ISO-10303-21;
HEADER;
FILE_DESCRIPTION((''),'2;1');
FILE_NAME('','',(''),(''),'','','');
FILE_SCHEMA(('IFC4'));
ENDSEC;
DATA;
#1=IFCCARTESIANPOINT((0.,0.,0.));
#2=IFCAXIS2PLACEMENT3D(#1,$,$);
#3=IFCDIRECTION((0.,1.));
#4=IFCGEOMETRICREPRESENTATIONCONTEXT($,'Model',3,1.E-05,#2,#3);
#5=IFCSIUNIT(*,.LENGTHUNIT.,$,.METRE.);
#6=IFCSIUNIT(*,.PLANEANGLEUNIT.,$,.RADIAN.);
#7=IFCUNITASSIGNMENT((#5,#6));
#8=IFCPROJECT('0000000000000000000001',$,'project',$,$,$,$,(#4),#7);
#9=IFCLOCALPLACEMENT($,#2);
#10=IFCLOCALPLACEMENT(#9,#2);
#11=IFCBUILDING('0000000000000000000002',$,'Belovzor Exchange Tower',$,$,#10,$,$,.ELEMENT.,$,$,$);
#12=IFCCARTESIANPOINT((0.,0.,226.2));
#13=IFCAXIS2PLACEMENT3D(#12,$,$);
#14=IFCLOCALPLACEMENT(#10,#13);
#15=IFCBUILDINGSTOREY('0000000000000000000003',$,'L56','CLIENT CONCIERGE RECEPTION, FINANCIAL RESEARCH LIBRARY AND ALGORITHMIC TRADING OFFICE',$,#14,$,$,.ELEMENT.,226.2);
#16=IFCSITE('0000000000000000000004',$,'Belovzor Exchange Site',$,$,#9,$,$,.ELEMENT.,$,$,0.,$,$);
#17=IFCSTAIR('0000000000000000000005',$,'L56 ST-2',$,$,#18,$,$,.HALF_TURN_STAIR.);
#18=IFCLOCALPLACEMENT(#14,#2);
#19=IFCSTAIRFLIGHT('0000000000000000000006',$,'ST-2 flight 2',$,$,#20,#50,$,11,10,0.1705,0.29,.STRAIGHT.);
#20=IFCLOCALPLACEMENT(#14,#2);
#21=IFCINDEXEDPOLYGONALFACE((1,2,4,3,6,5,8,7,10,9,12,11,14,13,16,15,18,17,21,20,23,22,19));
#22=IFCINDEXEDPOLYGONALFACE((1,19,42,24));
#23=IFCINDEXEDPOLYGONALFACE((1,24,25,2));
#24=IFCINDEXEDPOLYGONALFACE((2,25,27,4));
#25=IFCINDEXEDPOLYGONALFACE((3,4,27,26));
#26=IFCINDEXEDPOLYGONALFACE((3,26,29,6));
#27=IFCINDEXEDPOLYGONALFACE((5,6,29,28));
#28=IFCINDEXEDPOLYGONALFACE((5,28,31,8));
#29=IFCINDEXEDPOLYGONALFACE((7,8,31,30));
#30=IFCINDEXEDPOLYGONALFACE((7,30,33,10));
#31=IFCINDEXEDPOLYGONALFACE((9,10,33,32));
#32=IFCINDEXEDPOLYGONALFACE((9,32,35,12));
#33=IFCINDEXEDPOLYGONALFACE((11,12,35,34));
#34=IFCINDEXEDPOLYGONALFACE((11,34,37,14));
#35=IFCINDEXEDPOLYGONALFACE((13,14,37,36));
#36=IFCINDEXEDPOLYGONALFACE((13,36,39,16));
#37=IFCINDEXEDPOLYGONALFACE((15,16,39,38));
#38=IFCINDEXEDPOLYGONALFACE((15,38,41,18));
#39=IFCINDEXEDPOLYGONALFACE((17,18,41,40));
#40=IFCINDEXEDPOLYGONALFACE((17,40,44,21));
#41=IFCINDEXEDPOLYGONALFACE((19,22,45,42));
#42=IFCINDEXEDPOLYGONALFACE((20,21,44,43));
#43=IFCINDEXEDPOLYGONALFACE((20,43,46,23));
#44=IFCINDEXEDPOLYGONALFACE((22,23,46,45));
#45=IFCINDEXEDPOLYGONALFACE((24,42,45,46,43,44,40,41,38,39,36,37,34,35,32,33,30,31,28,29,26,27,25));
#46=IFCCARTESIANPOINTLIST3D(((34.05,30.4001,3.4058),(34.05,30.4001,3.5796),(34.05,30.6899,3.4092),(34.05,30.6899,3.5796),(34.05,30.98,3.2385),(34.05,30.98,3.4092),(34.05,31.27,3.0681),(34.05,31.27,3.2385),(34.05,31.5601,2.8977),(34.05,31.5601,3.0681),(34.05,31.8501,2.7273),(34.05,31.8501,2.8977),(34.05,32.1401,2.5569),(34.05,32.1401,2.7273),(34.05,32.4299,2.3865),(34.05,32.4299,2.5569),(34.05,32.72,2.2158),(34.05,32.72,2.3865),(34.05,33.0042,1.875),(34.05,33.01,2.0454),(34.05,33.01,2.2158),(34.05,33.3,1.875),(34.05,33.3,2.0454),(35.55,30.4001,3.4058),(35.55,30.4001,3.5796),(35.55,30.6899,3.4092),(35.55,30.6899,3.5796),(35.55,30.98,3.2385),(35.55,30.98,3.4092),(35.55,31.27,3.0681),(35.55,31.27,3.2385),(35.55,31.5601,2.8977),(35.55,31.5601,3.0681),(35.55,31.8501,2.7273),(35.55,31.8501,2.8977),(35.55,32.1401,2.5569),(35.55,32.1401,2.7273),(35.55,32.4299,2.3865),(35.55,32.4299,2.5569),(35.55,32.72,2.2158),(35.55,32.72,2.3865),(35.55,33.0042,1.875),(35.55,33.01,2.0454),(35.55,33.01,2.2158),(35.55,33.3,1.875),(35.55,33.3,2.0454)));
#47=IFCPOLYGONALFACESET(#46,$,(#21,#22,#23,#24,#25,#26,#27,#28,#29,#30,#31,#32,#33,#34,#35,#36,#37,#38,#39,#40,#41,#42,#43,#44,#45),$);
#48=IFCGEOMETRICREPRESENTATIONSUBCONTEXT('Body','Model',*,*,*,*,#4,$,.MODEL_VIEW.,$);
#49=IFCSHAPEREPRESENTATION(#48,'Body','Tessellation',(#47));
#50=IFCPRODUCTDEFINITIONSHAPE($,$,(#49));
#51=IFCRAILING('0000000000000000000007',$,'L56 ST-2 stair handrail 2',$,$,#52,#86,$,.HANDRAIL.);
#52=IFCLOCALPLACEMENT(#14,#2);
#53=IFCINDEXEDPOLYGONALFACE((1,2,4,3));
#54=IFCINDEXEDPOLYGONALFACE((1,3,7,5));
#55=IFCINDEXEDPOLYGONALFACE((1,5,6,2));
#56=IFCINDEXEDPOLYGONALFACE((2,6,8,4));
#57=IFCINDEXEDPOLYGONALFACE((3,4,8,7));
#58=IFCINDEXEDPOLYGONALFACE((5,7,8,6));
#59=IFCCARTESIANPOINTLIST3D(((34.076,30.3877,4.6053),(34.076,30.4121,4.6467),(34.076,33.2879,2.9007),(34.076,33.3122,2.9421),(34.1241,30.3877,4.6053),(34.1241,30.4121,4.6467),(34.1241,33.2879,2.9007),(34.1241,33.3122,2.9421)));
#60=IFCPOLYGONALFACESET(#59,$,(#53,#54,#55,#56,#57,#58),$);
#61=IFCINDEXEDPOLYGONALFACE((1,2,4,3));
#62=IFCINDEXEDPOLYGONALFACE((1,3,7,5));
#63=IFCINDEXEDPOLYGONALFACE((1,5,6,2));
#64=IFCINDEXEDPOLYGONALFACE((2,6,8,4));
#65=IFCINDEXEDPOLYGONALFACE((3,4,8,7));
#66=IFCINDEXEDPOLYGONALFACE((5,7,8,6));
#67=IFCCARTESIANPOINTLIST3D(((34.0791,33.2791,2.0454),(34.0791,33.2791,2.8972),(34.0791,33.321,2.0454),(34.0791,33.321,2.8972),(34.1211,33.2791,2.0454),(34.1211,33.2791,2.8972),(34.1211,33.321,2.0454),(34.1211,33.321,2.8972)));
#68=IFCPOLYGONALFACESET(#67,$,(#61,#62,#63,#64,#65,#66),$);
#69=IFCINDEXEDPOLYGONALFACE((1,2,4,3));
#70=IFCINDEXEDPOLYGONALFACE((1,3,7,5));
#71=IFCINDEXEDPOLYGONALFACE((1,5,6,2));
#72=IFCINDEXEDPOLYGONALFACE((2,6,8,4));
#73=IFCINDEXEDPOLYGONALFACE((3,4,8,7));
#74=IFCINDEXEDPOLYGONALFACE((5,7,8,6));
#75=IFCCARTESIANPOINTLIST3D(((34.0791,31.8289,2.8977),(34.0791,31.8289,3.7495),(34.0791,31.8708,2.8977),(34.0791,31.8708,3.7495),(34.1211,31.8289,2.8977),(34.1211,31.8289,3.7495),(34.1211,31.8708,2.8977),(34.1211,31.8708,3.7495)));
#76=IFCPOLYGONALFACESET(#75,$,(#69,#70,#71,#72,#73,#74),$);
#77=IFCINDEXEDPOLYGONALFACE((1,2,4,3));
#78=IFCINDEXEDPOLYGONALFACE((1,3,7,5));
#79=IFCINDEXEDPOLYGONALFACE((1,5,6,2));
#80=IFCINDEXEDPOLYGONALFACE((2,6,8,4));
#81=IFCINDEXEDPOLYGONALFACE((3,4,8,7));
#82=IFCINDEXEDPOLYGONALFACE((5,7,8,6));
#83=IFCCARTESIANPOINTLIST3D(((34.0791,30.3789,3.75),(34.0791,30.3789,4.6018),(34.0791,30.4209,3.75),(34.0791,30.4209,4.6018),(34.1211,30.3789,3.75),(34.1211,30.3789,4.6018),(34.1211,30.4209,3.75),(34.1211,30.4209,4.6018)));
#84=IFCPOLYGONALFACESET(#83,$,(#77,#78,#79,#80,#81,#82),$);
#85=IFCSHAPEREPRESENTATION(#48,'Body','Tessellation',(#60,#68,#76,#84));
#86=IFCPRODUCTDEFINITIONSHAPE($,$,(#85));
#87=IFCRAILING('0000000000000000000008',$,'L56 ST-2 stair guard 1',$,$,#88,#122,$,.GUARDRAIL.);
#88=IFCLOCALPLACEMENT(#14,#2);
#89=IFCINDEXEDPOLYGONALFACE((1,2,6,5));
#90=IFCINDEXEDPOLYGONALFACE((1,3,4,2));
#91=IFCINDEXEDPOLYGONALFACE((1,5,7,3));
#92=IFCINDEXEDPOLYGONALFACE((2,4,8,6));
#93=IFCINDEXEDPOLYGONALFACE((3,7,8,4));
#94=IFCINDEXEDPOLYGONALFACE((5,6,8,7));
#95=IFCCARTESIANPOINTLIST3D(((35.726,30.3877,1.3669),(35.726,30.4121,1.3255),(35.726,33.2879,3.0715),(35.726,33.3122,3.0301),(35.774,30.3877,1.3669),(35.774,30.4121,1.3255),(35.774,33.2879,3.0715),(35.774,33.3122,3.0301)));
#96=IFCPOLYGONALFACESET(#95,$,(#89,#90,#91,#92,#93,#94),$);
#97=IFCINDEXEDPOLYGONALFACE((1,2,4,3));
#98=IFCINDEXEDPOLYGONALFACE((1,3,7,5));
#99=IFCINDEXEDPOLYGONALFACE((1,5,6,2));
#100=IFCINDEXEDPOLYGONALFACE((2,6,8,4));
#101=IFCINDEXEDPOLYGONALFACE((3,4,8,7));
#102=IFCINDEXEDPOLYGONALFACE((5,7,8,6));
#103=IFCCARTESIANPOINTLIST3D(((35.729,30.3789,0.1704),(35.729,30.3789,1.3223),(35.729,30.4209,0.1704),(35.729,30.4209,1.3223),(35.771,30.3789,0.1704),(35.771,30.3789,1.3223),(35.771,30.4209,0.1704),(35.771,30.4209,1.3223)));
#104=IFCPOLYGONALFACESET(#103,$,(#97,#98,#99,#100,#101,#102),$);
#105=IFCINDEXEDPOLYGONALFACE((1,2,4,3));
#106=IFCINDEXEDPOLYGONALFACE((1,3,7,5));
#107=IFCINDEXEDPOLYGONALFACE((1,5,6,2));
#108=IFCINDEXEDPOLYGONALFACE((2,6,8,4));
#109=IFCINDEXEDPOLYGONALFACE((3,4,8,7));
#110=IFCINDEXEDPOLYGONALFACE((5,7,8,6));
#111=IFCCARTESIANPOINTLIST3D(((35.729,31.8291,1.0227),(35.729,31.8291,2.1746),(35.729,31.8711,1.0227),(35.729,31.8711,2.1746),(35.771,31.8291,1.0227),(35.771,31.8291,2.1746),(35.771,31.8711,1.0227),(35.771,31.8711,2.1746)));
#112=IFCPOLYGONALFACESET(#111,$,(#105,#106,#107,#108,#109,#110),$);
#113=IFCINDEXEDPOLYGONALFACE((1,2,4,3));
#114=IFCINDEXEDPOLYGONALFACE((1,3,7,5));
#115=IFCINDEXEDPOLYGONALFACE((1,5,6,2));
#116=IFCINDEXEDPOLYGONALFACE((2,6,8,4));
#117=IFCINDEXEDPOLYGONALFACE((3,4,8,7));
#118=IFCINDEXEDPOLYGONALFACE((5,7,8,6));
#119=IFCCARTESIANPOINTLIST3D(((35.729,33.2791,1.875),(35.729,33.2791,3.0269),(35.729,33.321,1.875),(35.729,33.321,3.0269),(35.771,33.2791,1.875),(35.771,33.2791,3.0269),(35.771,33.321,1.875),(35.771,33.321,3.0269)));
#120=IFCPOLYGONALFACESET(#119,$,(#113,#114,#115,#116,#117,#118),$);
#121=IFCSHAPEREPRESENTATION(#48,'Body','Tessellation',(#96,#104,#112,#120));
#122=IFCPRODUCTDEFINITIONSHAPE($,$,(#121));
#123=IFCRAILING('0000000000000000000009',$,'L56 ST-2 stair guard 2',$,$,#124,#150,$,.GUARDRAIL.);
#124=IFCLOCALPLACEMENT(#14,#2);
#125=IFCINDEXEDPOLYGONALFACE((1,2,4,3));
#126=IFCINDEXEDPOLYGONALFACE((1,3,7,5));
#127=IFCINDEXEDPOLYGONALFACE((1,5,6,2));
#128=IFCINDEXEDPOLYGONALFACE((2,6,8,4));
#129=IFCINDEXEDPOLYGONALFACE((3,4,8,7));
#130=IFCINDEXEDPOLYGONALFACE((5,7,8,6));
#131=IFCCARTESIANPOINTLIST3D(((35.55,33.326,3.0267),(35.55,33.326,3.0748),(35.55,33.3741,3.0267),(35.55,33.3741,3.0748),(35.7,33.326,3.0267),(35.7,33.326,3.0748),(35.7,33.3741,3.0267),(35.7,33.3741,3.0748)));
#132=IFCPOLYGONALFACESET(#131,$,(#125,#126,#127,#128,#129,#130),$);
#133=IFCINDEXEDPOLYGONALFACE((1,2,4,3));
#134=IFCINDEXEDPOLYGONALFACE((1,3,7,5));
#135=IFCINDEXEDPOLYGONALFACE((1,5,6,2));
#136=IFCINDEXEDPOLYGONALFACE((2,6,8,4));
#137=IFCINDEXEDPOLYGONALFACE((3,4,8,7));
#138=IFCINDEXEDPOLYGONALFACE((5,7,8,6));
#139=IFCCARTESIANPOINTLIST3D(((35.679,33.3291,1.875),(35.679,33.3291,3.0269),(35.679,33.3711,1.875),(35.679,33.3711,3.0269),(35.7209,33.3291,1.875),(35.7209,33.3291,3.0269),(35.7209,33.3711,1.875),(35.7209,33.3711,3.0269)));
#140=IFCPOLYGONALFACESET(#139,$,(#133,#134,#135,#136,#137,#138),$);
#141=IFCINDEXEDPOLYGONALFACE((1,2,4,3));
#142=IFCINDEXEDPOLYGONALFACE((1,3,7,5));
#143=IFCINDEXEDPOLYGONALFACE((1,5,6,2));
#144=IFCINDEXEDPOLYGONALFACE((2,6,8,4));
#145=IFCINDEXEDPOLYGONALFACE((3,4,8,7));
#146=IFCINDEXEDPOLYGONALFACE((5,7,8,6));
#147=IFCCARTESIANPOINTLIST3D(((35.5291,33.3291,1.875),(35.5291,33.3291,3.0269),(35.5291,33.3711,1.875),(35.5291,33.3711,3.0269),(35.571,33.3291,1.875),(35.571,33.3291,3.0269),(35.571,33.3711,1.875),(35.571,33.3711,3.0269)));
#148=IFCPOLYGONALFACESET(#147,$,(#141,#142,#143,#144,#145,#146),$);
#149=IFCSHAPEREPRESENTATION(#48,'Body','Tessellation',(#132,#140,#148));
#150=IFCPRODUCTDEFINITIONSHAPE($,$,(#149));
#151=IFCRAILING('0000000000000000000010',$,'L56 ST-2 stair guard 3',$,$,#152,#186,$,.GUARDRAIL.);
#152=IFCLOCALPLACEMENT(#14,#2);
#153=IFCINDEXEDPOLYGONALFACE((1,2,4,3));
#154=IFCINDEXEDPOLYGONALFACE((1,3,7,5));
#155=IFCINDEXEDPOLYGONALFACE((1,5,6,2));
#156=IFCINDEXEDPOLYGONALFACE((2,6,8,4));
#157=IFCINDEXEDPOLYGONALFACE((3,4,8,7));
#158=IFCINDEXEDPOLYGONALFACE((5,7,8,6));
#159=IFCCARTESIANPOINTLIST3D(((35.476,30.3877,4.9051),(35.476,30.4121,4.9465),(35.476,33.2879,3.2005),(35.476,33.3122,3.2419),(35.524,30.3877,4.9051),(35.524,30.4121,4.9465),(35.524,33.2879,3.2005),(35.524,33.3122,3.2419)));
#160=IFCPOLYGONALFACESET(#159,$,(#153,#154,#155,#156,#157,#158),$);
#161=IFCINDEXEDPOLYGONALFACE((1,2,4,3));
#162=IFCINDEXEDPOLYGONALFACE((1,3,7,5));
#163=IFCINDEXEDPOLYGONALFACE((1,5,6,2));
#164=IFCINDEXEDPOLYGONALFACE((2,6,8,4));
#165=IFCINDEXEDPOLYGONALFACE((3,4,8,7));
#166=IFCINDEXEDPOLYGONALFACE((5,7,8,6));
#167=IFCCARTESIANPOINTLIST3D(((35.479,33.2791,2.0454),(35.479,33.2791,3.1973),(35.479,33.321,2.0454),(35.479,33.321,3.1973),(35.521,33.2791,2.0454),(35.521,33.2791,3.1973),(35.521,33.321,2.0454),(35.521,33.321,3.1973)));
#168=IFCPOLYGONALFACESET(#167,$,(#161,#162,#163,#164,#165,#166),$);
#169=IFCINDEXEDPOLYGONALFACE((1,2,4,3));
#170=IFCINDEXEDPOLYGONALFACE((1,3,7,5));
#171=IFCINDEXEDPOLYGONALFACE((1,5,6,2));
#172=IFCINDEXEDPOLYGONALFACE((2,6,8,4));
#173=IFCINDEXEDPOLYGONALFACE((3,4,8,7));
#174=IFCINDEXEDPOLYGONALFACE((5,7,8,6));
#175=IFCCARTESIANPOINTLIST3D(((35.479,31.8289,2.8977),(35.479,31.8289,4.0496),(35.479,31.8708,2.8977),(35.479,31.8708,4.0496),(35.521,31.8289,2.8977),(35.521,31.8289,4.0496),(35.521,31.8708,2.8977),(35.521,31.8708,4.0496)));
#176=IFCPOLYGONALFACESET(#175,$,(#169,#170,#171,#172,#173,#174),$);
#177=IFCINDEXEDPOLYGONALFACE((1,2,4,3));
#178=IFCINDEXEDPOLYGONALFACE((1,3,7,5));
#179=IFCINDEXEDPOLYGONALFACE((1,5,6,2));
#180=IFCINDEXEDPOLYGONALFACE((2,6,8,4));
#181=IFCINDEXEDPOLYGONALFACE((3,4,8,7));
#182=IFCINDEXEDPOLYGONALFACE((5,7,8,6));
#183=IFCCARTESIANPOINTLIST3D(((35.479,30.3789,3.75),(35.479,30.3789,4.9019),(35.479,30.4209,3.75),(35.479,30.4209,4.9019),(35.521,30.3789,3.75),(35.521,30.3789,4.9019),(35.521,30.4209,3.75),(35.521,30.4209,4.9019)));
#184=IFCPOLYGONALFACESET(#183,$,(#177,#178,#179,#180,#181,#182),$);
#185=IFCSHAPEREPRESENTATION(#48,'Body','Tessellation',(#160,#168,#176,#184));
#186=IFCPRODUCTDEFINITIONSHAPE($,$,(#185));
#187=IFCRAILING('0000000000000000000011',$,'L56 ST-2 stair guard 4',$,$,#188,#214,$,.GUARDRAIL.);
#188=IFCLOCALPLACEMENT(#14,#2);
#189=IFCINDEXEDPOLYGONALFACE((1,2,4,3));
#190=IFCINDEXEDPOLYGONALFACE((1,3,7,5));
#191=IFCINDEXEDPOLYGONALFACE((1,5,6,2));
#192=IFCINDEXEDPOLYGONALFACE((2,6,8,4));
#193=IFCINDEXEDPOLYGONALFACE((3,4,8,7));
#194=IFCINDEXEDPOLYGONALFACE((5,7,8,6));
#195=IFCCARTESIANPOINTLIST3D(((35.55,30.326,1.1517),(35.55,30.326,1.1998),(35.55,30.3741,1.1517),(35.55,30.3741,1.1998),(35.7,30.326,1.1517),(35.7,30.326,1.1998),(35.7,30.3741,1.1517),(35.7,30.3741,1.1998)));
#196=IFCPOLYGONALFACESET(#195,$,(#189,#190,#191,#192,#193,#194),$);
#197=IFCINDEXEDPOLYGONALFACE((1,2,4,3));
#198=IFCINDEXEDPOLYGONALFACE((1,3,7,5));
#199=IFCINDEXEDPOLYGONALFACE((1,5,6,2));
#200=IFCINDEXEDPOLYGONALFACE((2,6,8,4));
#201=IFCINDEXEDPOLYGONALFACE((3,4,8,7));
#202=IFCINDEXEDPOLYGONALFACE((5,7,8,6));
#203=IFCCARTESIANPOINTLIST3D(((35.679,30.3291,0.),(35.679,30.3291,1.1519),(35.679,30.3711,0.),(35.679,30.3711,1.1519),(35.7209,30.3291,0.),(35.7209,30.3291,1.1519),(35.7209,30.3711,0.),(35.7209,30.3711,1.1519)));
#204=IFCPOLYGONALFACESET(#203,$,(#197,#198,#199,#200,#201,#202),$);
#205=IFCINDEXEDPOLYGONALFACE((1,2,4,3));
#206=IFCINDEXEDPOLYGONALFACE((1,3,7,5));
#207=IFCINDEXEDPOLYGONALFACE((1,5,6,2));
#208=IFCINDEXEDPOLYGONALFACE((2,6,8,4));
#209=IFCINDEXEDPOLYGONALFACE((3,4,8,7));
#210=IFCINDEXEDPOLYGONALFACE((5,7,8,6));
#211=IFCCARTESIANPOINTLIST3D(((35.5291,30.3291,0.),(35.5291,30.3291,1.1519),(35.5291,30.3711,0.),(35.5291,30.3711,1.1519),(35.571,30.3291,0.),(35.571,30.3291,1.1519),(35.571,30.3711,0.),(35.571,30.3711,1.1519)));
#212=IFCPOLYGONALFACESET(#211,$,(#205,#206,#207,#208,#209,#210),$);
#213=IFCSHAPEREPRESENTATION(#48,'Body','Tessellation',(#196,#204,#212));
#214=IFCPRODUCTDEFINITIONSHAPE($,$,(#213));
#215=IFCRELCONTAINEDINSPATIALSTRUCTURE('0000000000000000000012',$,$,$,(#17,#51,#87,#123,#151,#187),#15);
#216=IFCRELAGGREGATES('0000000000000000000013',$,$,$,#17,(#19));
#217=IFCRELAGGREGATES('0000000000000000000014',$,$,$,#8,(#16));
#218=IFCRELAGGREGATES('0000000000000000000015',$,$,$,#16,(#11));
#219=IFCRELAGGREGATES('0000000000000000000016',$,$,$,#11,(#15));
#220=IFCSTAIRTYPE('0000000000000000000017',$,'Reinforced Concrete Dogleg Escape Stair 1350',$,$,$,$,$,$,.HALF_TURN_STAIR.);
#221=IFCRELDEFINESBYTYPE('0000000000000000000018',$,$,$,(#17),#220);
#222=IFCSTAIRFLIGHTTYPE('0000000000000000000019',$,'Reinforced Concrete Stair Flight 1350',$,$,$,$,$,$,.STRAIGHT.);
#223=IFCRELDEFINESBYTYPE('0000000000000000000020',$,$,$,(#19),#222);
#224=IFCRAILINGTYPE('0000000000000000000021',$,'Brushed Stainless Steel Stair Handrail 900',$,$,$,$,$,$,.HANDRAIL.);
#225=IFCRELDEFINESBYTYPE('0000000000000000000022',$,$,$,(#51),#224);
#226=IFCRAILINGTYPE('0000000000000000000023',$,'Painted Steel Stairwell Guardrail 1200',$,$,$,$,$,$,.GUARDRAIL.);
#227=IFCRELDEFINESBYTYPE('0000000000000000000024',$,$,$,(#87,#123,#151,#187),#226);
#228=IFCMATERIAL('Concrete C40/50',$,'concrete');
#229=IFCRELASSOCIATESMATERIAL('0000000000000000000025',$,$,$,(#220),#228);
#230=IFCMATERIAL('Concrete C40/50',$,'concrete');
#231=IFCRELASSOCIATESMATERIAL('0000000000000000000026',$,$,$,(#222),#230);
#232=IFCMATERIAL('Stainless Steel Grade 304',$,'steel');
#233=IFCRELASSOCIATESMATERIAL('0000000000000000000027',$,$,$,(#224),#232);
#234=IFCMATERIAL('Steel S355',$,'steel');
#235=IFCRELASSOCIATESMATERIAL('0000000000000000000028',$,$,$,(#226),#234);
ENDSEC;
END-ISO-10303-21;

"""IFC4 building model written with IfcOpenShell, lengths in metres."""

from ifc_helpers import new_model, si_unit, direction, frame, origin, origin_2d, place, context, subcontext, project, spatial, polyline, rectangle, outline, extrude, material, type_object, element, aggregate, save


model = new_model("IFC4")

# Units and contexts
model_context = context("Model", 3, precision=1e-05, world=origin(), true_north=direction((0.0, 1.0)))
body_context = subcontext(model_context, "Body", "Model", "MODEL_VIEW")
ifc_project = project(units=[si_unit("LENGTHUNIT", "METRE"), si_unit("PLANEANGLEUNIT", "RADIAN")], contexts=[model_context])

# Site, building, storey
site_placement = place(None, origin())
site = spatial("IfcSite", under=ifc_project, at=site_placement, Name="Belovzor Exchange Site", CompositionType="ELEMENT", RefElevation=0.0)
building_placement = place(site_placement, origin())
building = spatial("IfcBuilding", under=site, at=building_placement, Name="Belovzor Exchange Tower", CompositionType="ELEMENT")
storey_placement = place(building_placement, frame((0.0, 0.0, 226.2)))
storey = spatial("IfcBuildingStorey", under=building, at=storey_placement, Name="L56", Description="CLIENT CONCIERGE RECEPTION, FINANCIAL RESEARCH LIBRARY AND ALGORITHMIC TRADING OFFICE", CompositionType="ELEMENT", Elevation=226.2)

# Stair, stair flight
ifc_material_1 = material(Name="Concrete C40/50", Category="concrete")
stair_type = type_object("IfcStairType", Name="Reinforced Concrete Dogleg Escape Stair 1350", PredefinedType="HALF_TURN_STAIR", material=ifc_material_1)
stair_placement = place(storey_placement, origin())
stair = element("IfcStair", 1, at=stair_placement, inside=storey, type_object=stair_type, Name="L56 ST-2", PredefinedType="HALF_TURN_STAIR")
ifc_material_2 = material(Name="Concrete C40/50", Category="concrete")
stair_flight_type = type_object("IfcStairFlightType", Name="Reinforced Concrete Stair Flight 1350", PredefinedType="STRAIGHT", material=ifc_material_2)
stair_flight_placement = place(storey_placement, frame((34.8, 33.3, 1.875), z_axis=(0.0, 0.0, 1.0), x_axis=(0.0, -1.0, 0.0)))
stair_flight = element("IfcStairFlight", 2, at=stair_flight_placement, type_object=stair_flight_type, Name="ST-2 flight 2", NumberOfRisers=11, NumberOfTreads=10, PredefinedType="STRAIGHT", RiserHeight=0.1705, TreadLength=0.29, context=body_context, shape_type="SweptSolid", body=[
    extrude(outline(polyline([(0.0, 0.0), (0.0, 0.1704), (0.29, 0.1704), (0.29, 0.3408), (0.5801, 0.3408), (0.5801, 0.5115), (0.8701, 0.5115), (0.8701, 0.6819), (1.1599, 0.6819), (1.1599, 0.8523), (1.45, 0.8523), (1.45, 1.0227), (1.74, 1.0227), (1.74, 1.1931), (2.03, 1.1931), (2.03, 1.3635), (2.3201, 1.3635), (2.3201, 1.5342), (2.6101, 1.5342), (2.6101, 1.7046), (2.8999, 1.7046), (2.8999, 1.875), (2.8999, 1.5308), (0.2959, 0.0), (0.0, 0.0)])), frame((0.0, 0.75, 0.0), z_axis=(0.0, -1.0, 0.0), x_axis=(1.0, 0.0, 0.0)), (0.0, 0.0, 1.0), 1.5),
])
aggregate(stair, [stair_flight])

# Railings
ifc_material_3 = material(Name="Stainless Steel Grade 304", Category="steel")
railing_type_1 = type_object("IfcRailingType", Name="Brushed Stainless Steel Stair Handrail 900", PredefinedType="HANDRAIL", material=ifc_material_3)
railing_1_placement = place(storey_placement, frame((34.1001, 33.3, 2.0454)))
element("IfcRailing", 3, at=railing_1_placement, inside=storey, type_object=railing_type_1, Name="L56 ST-2 stair handrail 2", PredefinedType="HANDRAIL", context=body_context, shape_type="SweptSolid", body=[
    extrude(rectangle(XDim=0.0481, YDim=0.0481, at=origin_2d()), frame((0.0, 0.0, 0.876), z_axis=(0.0, -0.862113, 0.506716), x_axis=(1.0, 0.0, 0.0)), (0.0, 0.0, 1.0), 3.364),
    extrude(rectangle(XDim=0.042, YDim=0.042, at=origin_2d()), origin(), (0.0, 0.0, 1.0), 0.8518),
    extrude(rectangle(XDim=0.042, YDim=0.042, at=origin_2d()), frame((0.0, -1.4502, 0.8523)), (0.0, 0.0, 1.0), 0.8518),
    extrude(rectangle(XDim=0.042, YDim=0.042, at=origin_2d()), frame((0.0, -2.9001, 1.7046)), (0.0, 0.0, 1.0), 0.8518),
])
ifc_material_4 = material(Name="Steel S355", Category="steel")
railing_type_2 = type_object("IfcRailingType", Name="Painted Steel Stairwell Guardrail 1200", PredefinedType="GUARDRAIL", material=ifc_material_4)
railing_2_placement = place(storey_placement, frame((35.75, 30.3999, 0.1704)))
element("IfcRailing", 4, at=railing_2_placement, inside=storey, type_object=railing_type_2, Name="L56 ST-2 stair guard 1", PredefinedType="GUARDRAIL", context=body_context, shape_type="SweptSolid", body=[
    extrude(rectangle(XDim=0.0481, YDim=0.0481, at=origin_2d()), frame((0.0, 0.0, 1.1758), z_axis=(0.0, 0.862113, 0.506716), x_axis=(-1.0, 0.0, 0.0)), (0.0, 0.0, 1.0), 3.364),
    extrude(rectangle(XDim=0.042, YDim=0.042, at=origin_2d()), origin(), (0.0, 0.0, 1.0), 1.1519),
    extrude(rectangle(XDim=0.042, YDim=0.042, at=origin_2d()), frame((0.0, 1.4502, 0.8523)), (0.0, 0.0, 1.0), 1.1519),
    extrude(rectangle(XDim=0.042, YDim=0.042, at=origin_2d()), frame((0.0, 2.9001, 1.7046)), (0.0, 0.0, 1.0), 1.1519),
])
railing_3_placement = place(storey_placement, frame((35.7, 33.3501, 1.875)))
element("IfcRailing", 5, at=railing_3_placement, inside=storey, type_object=railing_type_2, Name="L56 ST-2 stair guard 2", PredefinedType="GUARDRAIL", context=body_context, shape_type="SweptSolid", body=[
    extrude(rectangle(XDim=0.0481, YDim=0.0481, at=origin_2d()), frame((0.0, 0.0, 1.1758), z_axis=(-1.0, 0.0, 0.0), x_axis=(0.0, -1.0, 0.0)), (0.0, 0.0, 1.0), 0.1499),
    extrude(rectangle(XDim=0.042, YDim=0.042, at=origin_2d()), origin(), (0.0, 0.0, 1.0), 1.1519),
    extrude(rectangle(XDim=0.042, YDim=0.042, at=origin_2d()), frame((-0.1499, 0.0, 0.0)), (0.0, 0.0, 1.0), 1.1519),
])
railing_4_placement = place(storey_placement, frame((35.5, 33.3, 2.0454)))
element("IfcRailing", 6, at=railing_4_placement, inside=storey, type_object=railing_type_2, Name="L56 ST-2 stair guard 3", PredefinedType="GUARDRAIL", context=body_context, shape_type="SweptSolid", body=[
    extrude(rectangle(XDim=0.0481, YDim=0.0481, at=origin_2d()), frame((0.0, 0.0, 1.1758), z_axis=(0.0, -0.862113, 0.506716), x_axis=(1.0, 0.0, 0.0)), (0.0, 0.0, 1.0), 3.364),
    extrude(rectangle(XDim=0.042, YDim=0.042, at=origin_2d()), origin(), (0.0, 0.0, 1.0), 1.1519),
    extrude(rectangle(XDim=0.042, YDim=0.042, at=origin_2d()), frame((0.0, -1.4502, 0.8523)), (0.0, 0.0, 1.0), 1.1519),
    extrude(rectangle(XDim=0.042, YDim=0.042, at=origin_2d()), frame((0.0, -2.9001, 1.7046)), (0.0, 0.0, 1.0), 1.1519),
])
railing_5_placement = place(storey_placement, frame((35.7, 30.3501, 0.0)))
element("IfcRailing", 7, at=railing_5_placement, inside=storey, type_object=railing_type_2, Name="L56 ST-2 stair guard 4", PredefinedType="GUARDRAIL", context=body_context, shape_type="SweptSolid", body=[
    extrude(rectangle(XDim=0.0481, YDim=0.0481, at=origin_2d()), frame((0.0, 0.0, 1.1758), z_axis=(-1.0, 0.0, 0.0), x_axis=(0.0, -1.0, 0.0)), (0.0, 0.0, 1.0), 0.1499),
    extrude(rectangle(XDim=0.042, YDim=0.042, at=origin_2d()), origin(), (0.0, 0.0, 1.0), 1.1519),
    extrude(rectangle(XDim=0.042, YDim=0.042, at=origin_2d()), frame((-0.1499, 0.0, 0.0)), (0.0, 0.0, 1.0), 1.1519),
])

save(model, "model.ifc")
